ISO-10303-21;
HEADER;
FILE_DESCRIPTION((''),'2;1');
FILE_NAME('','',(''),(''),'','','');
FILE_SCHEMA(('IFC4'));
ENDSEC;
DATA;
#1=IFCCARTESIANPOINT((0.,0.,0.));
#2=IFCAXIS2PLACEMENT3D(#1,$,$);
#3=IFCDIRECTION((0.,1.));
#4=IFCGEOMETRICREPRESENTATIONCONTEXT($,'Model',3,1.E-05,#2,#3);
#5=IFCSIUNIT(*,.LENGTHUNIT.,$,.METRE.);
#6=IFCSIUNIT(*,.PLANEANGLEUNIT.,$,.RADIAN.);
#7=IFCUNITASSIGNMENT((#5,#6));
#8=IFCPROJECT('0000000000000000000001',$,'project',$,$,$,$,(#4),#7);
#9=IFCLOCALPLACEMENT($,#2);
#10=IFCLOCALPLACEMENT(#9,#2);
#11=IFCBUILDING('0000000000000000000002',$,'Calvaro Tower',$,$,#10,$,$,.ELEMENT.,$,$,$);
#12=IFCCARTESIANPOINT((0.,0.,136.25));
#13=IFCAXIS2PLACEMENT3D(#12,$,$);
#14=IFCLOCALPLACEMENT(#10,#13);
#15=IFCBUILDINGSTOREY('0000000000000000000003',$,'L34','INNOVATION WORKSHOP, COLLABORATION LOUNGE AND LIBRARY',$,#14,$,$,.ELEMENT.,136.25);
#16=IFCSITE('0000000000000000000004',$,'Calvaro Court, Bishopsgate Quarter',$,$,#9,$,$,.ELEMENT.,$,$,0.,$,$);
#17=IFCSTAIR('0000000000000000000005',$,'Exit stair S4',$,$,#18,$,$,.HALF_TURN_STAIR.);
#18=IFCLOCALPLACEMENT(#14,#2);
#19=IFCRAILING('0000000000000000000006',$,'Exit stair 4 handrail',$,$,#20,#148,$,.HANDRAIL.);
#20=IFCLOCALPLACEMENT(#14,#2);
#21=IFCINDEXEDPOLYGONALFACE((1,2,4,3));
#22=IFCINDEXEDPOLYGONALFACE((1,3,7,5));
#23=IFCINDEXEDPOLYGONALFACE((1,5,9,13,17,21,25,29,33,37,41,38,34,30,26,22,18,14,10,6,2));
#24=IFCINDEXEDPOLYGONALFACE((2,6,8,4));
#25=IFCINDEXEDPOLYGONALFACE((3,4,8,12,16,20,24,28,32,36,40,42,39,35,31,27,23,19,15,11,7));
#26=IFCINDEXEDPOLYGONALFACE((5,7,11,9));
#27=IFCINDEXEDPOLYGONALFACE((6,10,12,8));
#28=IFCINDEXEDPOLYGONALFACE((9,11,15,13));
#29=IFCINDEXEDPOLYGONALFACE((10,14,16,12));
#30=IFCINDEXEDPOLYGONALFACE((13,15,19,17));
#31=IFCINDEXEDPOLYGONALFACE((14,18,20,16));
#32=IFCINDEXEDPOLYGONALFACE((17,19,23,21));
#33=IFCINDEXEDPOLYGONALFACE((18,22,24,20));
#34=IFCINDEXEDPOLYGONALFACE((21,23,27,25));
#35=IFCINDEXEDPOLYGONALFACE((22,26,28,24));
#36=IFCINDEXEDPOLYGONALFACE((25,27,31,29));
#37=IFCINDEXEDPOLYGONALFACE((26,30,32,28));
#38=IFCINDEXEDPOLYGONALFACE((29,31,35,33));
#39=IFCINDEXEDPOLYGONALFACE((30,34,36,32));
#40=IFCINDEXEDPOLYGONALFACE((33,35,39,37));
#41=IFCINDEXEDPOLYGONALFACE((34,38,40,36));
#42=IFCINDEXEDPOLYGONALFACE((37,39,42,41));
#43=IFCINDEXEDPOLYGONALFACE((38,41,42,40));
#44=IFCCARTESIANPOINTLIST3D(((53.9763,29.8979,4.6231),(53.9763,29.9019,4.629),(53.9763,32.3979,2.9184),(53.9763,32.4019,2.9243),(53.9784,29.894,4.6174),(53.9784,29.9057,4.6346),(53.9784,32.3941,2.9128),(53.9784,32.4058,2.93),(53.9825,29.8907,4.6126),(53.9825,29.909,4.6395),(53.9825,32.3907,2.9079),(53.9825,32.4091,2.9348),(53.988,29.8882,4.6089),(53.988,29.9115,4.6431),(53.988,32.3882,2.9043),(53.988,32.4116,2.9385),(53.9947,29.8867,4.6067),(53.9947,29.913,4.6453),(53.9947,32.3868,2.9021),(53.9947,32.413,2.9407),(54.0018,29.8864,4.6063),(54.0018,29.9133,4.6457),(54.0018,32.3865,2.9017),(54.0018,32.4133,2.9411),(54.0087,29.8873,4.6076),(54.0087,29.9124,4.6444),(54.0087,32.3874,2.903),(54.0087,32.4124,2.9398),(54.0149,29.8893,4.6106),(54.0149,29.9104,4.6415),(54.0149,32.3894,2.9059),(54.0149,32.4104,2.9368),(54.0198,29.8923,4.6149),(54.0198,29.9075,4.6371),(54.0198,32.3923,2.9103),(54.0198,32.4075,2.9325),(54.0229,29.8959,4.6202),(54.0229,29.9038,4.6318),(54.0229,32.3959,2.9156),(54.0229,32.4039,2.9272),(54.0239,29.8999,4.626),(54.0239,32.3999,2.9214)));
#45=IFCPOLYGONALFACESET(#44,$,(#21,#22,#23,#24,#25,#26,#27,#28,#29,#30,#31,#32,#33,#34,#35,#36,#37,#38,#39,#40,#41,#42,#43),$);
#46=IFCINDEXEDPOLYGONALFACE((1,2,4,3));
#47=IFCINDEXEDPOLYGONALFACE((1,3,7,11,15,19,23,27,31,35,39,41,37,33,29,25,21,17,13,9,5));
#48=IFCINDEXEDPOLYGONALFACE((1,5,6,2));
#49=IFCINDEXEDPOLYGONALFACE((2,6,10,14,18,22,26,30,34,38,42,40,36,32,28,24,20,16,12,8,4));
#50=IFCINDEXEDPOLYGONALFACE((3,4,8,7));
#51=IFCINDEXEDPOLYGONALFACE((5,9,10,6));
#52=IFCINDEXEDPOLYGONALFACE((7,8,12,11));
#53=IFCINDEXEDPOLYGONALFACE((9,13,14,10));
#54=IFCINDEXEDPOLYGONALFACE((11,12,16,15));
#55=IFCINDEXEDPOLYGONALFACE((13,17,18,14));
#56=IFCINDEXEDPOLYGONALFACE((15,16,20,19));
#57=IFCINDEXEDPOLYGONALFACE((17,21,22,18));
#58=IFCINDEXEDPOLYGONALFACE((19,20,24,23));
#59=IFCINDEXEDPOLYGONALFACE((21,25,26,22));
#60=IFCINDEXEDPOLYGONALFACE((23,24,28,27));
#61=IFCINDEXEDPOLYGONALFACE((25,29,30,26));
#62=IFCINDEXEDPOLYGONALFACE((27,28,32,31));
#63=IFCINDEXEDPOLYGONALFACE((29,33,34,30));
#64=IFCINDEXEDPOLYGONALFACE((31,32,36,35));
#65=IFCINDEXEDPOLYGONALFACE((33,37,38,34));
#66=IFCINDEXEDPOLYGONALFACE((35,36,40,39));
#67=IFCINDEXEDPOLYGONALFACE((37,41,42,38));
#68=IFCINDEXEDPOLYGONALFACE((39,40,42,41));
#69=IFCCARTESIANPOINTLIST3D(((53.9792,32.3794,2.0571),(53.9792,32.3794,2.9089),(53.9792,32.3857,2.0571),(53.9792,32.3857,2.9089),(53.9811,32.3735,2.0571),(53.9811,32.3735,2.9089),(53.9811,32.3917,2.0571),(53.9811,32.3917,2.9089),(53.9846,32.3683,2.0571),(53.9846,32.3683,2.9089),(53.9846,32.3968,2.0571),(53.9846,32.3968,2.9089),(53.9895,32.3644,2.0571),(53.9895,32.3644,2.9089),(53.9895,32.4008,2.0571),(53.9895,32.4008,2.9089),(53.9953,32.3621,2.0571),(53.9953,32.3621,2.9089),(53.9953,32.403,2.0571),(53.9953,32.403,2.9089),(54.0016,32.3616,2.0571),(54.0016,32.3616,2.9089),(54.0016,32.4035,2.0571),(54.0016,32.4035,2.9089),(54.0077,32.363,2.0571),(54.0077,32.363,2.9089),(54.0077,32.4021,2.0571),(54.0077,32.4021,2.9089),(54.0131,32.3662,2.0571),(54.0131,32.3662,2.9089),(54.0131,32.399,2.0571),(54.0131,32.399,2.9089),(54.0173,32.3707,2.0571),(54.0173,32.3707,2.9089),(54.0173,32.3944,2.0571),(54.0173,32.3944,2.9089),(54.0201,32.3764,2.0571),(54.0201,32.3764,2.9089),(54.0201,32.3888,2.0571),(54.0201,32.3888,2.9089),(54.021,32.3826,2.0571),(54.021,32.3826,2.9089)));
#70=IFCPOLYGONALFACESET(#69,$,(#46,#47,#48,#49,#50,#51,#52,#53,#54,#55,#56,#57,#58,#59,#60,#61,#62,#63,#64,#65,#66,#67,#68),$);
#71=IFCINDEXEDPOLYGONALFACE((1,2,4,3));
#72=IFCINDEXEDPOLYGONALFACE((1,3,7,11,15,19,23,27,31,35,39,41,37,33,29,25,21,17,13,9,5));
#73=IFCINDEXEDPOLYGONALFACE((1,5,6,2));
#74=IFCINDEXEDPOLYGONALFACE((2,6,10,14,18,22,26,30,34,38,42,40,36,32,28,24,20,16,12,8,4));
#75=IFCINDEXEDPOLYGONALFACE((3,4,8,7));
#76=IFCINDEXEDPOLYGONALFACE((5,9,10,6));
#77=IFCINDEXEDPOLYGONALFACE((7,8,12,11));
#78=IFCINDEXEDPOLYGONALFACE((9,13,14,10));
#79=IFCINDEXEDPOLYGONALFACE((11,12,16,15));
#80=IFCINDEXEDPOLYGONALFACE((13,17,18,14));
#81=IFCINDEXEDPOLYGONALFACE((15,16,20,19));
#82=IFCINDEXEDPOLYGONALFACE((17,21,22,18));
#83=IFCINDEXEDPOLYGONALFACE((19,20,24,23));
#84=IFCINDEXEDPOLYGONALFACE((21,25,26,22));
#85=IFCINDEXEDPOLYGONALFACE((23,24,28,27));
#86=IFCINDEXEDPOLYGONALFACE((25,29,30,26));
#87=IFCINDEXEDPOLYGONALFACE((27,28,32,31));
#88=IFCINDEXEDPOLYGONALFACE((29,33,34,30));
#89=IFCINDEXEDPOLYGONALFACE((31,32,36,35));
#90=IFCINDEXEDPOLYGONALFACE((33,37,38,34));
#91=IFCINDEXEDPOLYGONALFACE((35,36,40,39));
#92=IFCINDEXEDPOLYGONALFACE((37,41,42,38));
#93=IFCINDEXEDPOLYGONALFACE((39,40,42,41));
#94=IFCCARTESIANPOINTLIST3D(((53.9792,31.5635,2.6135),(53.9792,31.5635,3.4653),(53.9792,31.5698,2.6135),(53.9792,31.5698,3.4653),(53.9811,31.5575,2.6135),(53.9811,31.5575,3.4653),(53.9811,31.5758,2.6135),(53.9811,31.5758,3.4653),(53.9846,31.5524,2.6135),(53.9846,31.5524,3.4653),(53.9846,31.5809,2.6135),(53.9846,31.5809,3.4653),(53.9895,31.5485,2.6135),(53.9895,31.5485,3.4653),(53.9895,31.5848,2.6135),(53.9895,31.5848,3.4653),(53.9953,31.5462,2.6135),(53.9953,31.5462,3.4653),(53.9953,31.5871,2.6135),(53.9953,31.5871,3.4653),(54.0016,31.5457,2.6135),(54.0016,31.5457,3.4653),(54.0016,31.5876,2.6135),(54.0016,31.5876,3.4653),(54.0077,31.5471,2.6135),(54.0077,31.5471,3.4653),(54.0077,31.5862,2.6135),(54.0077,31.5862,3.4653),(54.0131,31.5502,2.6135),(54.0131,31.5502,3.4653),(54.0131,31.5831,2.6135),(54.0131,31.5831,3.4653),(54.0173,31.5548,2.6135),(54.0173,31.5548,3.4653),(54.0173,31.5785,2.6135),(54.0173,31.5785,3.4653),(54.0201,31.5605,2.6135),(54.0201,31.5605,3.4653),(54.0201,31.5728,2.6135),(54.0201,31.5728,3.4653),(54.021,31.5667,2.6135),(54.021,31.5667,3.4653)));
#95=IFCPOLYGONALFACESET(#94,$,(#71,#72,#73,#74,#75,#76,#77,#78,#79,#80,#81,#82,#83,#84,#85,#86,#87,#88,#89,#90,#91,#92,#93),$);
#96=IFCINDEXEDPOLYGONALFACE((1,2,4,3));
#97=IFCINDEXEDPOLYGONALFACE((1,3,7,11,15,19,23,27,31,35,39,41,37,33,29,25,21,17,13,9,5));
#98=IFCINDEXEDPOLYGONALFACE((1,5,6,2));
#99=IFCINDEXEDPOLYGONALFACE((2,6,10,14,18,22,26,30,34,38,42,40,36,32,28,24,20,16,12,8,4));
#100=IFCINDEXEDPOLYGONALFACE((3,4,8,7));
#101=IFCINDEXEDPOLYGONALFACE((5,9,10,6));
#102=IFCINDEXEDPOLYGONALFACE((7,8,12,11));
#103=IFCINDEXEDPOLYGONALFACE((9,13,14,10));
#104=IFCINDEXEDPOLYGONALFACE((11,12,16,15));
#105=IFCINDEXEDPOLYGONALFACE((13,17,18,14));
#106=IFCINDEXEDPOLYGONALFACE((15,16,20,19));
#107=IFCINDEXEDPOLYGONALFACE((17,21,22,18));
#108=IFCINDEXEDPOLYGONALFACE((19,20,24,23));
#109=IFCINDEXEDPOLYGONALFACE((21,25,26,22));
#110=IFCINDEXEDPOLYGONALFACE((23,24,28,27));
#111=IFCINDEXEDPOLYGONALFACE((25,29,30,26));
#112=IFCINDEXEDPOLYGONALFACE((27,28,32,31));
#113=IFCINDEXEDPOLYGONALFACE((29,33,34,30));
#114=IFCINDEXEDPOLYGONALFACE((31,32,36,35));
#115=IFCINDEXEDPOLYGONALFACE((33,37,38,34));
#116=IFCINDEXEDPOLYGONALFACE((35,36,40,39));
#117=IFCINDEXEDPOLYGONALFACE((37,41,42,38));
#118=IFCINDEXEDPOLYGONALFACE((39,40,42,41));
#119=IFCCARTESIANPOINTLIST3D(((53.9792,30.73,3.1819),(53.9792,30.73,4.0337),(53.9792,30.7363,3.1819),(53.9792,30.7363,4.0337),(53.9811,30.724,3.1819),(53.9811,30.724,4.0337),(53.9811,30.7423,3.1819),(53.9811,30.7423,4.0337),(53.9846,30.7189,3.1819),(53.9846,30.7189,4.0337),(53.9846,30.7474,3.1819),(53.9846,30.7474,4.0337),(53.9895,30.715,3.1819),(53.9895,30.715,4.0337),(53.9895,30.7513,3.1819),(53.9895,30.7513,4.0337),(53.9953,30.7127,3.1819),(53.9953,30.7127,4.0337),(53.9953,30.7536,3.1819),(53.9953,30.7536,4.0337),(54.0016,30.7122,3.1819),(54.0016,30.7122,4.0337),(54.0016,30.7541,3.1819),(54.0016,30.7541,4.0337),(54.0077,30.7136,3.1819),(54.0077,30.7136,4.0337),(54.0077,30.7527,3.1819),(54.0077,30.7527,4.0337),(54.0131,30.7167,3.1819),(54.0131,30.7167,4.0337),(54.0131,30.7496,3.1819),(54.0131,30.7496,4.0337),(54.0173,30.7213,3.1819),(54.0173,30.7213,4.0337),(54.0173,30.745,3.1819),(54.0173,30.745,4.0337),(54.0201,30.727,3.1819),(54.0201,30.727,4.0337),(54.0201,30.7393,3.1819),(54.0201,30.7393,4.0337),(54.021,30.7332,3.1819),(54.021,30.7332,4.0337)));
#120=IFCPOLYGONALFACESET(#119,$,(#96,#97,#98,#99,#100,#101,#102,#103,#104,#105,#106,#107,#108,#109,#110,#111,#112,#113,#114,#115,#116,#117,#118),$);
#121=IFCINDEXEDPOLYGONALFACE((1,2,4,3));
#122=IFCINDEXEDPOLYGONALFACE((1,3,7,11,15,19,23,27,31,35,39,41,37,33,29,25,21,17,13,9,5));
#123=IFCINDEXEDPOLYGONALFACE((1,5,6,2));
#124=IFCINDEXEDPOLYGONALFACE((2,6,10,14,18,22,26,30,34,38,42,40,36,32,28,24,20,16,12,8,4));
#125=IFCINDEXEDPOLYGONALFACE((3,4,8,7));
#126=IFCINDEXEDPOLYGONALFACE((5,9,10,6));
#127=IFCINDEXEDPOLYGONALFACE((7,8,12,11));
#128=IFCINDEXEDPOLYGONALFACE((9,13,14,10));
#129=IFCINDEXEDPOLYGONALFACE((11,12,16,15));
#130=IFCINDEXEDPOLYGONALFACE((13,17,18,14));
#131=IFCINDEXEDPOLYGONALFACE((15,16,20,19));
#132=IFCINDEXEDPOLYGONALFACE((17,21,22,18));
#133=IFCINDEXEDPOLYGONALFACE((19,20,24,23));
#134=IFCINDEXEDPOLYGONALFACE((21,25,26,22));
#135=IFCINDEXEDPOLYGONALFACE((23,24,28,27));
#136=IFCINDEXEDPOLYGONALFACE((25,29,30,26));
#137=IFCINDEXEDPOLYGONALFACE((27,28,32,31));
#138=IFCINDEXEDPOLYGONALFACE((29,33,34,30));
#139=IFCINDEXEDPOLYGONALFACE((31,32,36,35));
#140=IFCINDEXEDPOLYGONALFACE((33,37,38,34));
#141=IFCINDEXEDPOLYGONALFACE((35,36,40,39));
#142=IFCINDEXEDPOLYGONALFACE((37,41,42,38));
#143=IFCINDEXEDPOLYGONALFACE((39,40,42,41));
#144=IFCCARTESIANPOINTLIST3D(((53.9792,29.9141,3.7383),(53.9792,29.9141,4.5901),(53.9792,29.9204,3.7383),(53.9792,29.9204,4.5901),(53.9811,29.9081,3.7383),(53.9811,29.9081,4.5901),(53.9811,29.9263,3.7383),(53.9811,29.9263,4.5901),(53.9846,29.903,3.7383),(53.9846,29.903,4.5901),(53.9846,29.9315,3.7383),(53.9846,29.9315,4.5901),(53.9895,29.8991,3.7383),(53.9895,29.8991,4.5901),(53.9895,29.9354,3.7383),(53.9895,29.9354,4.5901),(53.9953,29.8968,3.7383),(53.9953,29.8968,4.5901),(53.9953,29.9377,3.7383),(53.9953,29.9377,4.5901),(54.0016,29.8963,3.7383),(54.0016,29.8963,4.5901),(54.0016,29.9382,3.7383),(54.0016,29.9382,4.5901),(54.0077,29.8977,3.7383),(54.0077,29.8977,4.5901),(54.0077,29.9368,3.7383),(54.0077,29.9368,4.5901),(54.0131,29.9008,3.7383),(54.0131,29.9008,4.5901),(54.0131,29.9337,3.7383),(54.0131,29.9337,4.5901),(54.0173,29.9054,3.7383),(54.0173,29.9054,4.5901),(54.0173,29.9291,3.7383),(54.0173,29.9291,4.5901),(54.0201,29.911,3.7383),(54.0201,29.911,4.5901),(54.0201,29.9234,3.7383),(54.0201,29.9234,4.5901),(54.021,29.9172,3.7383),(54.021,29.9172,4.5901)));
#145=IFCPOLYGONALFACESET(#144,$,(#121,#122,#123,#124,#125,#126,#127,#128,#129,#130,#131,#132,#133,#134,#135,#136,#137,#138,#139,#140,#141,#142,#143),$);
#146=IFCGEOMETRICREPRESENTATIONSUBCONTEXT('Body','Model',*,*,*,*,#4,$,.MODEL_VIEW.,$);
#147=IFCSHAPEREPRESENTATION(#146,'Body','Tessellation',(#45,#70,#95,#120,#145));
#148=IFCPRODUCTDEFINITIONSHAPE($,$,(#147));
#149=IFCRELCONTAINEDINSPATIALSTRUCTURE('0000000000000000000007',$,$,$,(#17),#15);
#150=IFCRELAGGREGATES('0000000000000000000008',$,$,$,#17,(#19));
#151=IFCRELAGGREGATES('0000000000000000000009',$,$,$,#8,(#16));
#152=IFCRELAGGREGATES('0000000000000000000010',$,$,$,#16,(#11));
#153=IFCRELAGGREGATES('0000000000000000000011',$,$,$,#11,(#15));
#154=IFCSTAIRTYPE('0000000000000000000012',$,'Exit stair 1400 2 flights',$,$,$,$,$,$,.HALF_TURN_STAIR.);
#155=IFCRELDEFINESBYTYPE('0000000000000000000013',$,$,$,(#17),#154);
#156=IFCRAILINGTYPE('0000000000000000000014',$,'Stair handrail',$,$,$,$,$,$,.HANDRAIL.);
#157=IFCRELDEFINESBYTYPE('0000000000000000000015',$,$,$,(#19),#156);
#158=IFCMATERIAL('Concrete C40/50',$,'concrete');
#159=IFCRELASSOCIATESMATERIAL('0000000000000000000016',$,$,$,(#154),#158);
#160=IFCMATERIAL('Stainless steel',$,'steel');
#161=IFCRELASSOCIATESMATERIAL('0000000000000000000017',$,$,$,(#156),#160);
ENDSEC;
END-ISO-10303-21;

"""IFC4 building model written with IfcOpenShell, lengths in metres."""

from ifc_helpers import new_model, si_unit, direction, frame, origin, origin_2d, place, context, subcontext, project, spatial, circle, extrude, material, type_object, element, aggregate, save


model = new_model("IFC4")

# Units and contexts
model_context = context("Model", 3, precision=1e-05, world=origin(), true_north=direction((0.0, 1.0)))
body_context = subcontext(model_context, "Body", "Model", "MODEL_VIEW")
ifc_project = project(units=[si_unit("LENGTHUNIT", "METRE"), si_unit("PLANEANGLEUNIT", "RADIAN")], contexts=[model_context])

# Site, building, storey
site_placement = place(None, origin())
site = spatial("IfcSite", under=ifc_project, at=site_placement, Name="Calvaro Court, Bishopsgate Quarter", CompositionType="ELEMENT", RefElevation=0.0)
building_placement = place(site_placement, origin())
building = spatial("IfcBuilding", under=site, at=building_placement, Name="Calvaro Tower", CompositionType="ELEMENT")
storey_placement = place(building_placement, frame((0.0, 0.0, 136.25)))
storey = spatial("IfcBuildingStorey", under=building, at=storey_placement, Name="L34", Description="INNOVATION WORKSHOP, COLLABORATION LOUNGE AND LIBRARY", CompositionType="ELEMENT", Elevation=136.25)

# Shared definitions
ifc_material_1 = material(Name="Concrete C40/50", Category="concrete")
stair_type = type_object("IfcStairType", Name="Exit stair 1400 2 flights", PredefinedType="HALF_TURN_STAIR", material=ifc_material_1)

# Stair, railing
stair_1_placement = place(storey_placement, origin())
stair_1 = element("IfcStair", 1, at=stair_1_placement, inside=storey, type_object=stair_type, Name="Exit stair S4", PredefinedType="HALF_TURN_STAIR")
ifc_material_2 = material(Name="Stainless steel", Category="steel")
railing_type = type_object("IfcRailingType", Name="Stair handrail", PredefinedType="HANDRAIL", material=ifc_material_2)
railing_1_placement = place(storey_placement, frame((54.0, 32.3999, 2.0454)))
railing_1 = element("IfcRailing", 2, at=railing_1_placement, type_object=railing_type, Name="Exit stair 4 handrail", PredefinedType="HANDRAIL", context=body_context, shape_type="SweptSolid", body=[
    extrude(circle(Radius=0.0239, at=origin_2d()), frame((0.0, 0.0, 0.876), z_axis=(0.0, -0.826221, 0.563347), x_axis=(1.0, 0.0, 0.0)), (0.0, 0.0, 1.0), 3.0259),
    extrude(circle(Radius=0.021, at=origin_2d()), frame((0.0, -0.0173, 0.0117)), (0.0, 0.0, 1.0), 0.8518),
    extrude(circle(Radius=0.021, at=origin_2d()), frame((0.0, -0.8333, 0.5681)), (0.0, 0.0, 1.0), 0.8518),
    extrude(circle(Radius=0.021, at=origin_2d()), frame((0.0, -1.6667, 1.1365)), (0.0, 0.0, 1.0), 0.8518),
    extrude(circle(Radius=0.021, at=origin_2d()), frame((0.0, -2.4827, 1.6929)), (0.0, 0.0, 1.0), 0.8518),
])
aggregate(stair_1, [railing_1])

save(model, "model.ifc")
